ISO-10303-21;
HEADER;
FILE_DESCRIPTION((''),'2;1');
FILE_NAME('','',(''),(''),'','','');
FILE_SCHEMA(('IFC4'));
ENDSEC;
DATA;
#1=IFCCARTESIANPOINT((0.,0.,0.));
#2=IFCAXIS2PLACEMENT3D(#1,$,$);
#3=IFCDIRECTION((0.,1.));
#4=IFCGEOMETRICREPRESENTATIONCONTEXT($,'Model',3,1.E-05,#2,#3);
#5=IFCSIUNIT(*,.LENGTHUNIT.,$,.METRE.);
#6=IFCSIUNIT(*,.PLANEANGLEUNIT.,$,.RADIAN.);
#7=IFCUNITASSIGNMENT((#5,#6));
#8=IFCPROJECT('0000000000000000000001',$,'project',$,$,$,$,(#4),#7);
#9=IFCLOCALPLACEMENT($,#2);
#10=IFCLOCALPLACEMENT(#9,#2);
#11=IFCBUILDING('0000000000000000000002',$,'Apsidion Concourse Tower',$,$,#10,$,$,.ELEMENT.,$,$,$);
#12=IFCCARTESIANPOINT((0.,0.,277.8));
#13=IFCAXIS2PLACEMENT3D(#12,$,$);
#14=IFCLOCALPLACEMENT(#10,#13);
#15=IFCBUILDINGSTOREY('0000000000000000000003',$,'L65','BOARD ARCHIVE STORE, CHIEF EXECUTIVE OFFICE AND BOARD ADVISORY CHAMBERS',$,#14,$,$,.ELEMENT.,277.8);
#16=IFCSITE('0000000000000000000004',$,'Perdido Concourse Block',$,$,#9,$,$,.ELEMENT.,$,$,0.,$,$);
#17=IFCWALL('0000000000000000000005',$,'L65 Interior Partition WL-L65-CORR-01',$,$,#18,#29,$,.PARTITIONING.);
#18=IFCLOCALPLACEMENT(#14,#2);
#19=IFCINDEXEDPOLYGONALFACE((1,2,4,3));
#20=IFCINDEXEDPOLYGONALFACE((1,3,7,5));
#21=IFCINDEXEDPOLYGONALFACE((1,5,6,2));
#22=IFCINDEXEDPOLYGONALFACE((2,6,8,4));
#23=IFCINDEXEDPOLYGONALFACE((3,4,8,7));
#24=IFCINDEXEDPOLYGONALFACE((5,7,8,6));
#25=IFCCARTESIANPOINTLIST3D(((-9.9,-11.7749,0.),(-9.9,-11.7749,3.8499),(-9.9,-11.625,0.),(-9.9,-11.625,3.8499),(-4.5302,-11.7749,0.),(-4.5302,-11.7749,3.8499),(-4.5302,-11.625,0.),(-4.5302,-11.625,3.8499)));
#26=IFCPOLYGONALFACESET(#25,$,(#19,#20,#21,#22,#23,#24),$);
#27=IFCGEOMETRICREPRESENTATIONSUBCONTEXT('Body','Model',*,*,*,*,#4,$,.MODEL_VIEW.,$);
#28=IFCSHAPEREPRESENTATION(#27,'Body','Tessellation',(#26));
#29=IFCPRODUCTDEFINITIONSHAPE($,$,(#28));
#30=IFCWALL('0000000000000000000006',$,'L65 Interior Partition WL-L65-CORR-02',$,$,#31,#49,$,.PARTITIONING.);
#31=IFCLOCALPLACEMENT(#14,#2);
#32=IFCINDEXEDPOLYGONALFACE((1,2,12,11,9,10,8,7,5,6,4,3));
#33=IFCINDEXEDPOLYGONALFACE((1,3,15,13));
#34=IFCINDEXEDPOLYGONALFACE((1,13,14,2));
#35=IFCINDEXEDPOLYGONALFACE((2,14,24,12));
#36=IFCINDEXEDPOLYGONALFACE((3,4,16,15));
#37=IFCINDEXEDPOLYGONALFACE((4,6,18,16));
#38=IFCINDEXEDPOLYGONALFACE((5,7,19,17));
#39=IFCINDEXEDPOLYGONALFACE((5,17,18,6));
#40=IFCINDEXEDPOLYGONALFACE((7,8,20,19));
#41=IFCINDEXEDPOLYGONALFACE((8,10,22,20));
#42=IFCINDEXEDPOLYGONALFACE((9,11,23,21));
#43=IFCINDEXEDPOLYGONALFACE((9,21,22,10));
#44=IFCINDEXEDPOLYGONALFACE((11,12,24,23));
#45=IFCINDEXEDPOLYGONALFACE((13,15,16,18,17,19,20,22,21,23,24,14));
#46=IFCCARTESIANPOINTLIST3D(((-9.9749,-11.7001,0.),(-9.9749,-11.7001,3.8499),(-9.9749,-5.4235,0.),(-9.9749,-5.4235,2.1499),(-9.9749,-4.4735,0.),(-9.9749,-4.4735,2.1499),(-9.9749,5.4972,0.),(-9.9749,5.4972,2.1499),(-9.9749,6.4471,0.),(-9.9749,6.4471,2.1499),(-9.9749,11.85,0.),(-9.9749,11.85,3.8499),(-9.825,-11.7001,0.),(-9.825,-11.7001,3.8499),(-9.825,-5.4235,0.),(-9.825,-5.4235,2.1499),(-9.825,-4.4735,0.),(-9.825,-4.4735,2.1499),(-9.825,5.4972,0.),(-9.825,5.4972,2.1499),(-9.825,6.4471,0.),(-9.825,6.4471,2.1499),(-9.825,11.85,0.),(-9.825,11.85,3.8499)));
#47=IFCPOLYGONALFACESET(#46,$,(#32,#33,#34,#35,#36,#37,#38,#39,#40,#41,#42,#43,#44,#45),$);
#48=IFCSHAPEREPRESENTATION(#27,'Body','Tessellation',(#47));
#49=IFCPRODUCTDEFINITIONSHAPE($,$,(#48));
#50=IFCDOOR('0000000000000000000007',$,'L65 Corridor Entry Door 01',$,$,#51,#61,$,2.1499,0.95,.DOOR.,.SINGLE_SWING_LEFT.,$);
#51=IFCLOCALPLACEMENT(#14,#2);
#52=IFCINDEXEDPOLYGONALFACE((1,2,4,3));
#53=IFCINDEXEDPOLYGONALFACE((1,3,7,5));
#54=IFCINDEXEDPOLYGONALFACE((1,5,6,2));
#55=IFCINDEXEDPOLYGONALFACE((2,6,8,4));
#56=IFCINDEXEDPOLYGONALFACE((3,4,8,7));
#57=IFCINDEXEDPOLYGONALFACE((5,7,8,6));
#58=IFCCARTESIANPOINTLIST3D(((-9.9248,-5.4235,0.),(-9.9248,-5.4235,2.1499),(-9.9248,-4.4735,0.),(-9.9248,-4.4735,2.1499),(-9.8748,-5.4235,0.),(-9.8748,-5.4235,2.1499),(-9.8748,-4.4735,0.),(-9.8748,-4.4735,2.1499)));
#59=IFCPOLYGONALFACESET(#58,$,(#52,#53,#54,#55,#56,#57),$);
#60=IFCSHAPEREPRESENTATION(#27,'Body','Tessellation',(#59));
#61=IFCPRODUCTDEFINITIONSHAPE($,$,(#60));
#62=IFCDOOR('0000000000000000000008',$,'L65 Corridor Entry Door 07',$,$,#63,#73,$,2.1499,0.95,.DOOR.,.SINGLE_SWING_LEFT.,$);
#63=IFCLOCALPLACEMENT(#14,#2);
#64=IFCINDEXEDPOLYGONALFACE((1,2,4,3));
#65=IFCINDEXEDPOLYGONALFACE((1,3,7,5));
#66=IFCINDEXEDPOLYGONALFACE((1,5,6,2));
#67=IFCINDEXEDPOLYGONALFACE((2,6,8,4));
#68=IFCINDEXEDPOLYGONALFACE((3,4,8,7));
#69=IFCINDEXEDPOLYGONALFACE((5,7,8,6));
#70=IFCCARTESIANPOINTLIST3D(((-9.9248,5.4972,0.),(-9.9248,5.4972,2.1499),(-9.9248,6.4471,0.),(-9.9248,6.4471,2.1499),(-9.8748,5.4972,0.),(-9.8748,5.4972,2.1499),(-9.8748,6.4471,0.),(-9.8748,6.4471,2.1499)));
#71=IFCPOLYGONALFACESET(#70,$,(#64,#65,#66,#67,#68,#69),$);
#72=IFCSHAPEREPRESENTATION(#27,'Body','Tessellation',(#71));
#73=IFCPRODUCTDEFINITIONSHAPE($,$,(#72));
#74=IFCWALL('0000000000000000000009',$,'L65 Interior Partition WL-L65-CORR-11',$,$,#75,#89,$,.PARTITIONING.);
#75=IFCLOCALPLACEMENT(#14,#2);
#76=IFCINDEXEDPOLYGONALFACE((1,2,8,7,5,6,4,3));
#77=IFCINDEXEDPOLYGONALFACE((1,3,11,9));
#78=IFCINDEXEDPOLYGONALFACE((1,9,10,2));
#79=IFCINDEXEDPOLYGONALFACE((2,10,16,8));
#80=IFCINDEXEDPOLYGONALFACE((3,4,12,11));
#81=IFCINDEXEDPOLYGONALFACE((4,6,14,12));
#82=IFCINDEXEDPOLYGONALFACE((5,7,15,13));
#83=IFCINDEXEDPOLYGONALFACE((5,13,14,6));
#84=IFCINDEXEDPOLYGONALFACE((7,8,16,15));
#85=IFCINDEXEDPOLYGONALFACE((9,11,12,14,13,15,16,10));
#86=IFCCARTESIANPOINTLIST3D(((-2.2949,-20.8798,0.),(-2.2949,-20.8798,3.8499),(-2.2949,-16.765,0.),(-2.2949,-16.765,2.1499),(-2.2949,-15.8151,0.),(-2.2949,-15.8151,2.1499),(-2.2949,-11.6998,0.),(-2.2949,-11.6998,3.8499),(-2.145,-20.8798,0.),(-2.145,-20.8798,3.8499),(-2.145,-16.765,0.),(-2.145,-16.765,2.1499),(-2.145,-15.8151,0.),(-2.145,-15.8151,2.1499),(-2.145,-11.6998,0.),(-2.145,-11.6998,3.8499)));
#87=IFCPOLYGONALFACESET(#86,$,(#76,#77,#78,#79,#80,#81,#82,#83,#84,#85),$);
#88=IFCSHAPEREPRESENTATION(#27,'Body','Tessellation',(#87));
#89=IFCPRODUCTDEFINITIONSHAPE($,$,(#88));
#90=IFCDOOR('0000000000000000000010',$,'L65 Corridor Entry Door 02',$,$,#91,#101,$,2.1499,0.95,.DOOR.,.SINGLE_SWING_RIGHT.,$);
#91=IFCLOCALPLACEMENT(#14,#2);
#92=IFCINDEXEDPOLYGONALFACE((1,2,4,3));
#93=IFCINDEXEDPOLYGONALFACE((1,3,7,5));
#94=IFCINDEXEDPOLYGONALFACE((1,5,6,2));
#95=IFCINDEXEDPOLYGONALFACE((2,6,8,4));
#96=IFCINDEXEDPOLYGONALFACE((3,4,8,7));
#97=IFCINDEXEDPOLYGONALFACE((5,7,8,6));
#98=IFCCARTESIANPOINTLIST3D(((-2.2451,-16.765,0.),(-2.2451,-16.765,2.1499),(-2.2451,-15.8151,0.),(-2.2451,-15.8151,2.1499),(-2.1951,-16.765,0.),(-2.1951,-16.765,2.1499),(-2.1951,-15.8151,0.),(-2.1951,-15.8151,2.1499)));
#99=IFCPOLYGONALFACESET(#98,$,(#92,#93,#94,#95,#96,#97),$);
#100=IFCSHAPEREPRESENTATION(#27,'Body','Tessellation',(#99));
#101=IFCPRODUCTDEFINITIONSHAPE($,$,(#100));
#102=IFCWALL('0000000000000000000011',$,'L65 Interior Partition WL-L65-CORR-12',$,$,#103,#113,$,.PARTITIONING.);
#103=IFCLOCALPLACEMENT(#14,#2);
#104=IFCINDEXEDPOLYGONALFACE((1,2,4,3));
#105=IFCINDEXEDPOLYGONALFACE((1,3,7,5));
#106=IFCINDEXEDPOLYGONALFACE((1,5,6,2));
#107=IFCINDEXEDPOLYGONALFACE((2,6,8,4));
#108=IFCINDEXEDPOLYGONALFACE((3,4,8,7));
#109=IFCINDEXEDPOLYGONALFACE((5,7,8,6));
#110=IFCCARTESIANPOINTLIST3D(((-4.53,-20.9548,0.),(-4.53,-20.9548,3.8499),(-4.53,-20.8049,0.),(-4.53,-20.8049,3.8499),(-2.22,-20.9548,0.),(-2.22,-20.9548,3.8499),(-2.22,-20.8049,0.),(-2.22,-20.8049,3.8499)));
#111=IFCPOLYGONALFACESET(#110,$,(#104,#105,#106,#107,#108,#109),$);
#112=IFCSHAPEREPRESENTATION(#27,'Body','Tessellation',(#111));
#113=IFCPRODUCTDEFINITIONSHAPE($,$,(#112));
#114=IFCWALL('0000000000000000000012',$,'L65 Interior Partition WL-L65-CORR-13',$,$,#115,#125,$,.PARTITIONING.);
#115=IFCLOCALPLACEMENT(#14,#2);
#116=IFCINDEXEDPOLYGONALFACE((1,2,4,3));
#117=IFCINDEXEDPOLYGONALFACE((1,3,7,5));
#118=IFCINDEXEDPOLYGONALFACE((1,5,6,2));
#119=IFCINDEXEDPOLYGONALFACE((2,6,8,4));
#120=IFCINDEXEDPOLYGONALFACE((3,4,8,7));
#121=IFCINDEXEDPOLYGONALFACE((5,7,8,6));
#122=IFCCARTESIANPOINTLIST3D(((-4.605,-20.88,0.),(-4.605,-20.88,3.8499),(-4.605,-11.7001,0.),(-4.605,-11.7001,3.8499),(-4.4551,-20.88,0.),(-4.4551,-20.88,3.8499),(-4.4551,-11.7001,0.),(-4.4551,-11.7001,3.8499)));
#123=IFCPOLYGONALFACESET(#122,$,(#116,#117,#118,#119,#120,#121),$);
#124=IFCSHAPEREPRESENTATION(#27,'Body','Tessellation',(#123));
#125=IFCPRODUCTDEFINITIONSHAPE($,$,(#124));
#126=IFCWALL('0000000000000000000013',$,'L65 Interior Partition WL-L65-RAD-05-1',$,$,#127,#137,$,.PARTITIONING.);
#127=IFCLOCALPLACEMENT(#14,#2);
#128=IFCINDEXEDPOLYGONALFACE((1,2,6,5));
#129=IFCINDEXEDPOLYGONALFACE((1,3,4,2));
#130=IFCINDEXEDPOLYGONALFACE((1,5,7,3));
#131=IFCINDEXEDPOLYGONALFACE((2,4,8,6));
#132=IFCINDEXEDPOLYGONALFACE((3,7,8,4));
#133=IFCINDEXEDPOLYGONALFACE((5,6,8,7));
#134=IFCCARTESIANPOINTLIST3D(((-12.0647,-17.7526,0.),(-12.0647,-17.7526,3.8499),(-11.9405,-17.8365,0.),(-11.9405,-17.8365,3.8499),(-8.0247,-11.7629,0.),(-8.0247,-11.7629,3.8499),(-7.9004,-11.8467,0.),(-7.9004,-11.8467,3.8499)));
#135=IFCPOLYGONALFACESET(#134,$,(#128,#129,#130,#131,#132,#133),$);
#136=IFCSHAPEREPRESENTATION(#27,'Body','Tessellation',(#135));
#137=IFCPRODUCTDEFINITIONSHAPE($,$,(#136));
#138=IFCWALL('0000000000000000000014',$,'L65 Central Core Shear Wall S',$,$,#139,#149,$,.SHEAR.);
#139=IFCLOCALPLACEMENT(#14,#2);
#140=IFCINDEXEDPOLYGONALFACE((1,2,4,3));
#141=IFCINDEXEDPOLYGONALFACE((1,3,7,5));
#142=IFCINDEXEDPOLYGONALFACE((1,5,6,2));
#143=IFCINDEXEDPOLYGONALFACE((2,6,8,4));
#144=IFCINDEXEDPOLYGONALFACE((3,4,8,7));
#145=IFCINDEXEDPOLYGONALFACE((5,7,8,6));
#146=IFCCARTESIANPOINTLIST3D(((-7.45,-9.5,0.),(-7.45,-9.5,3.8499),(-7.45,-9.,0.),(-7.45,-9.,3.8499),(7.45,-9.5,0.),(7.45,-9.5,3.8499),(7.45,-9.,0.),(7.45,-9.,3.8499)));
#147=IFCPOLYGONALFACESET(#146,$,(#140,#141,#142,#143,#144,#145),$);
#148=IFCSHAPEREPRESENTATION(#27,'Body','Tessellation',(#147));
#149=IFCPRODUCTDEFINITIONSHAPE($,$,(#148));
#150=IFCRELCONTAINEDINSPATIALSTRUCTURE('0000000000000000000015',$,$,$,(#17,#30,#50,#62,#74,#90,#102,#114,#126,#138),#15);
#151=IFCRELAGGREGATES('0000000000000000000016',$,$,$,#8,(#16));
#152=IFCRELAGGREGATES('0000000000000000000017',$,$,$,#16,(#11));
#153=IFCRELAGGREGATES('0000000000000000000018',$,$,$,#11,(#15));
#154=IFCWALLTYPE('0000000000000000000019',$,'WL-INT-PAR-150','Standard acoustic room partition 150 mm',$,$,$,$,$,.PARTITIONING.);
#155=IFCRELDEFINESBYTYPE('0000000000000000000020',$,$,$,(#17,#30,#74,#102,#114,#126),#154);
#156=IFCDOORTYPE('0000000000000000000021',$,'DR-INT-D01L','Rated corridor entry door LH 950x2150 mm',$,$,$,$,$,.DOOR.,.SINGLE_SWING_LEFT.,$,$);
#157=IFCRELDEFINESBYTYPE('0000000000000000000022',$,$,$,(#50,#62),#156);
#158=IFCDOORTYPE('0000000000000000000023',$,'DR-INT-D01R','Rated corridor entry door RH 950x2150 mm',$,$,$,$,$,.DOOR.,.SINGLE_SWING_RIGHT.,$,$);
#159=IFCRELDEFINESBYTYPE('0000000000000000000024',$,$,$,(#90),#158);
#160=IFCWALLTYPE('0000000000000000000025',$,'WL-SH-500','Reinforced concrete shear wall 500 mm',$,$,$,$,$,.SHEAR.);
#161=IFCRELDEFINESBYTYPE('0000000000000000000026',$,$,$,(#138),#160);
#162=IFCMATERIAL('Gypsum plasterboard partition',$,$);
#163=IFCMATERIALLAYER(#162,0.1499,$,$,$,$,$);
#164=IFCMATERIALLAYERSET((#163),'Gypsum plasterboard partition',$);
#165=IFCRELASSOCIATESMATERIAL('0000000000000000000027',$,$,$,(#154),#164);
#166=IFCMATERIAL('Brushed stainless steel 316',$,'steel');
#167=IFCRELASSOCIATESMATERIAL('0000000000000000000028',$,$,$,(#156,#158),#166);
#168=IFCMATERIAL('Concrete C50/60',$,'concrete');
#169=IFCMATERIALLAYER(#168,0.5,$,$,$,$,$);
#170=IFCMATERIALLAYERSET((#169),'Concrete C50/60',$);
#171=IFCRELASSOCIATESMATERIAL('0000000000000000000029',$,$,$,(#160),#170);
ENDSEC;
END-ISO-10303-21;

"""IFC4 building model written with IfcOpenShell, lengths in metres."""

from ifc_helpers import new_model, si_unit, direction, frame, frame_2d, origin, place, context, subcontext, project, spatial, rectangle, extrude, material, layer, layer_set, type_object, element, fill, save


model = new_model("IFC4")

# Units and contexts
model_context = context("Model", 3, precision=1e-05, world=origin(), true_north=direction((0.0, 1.0)))
body_context = subcontext(model_context, "Body", "Model", "MODEL_VIEW")
ifc_project = project(units=[si_unit("LENGTHUNIT", "METRE"), si_unit("PLANEANGLEUNIT", "RADIAN")], contexts=[model_context])

# Site, building, storey
site_placement = place(None, origin())
site = spatial("IfcSite", under=ifc_project, at=site_placement, Name="Perdido Concourse Block", CompositionType="ELEMENT", RefElevation=0.0)
building_placement = place(site_placement, origin())
building = spatial("IfcBuilding", under=site, at=building_placement, Name="Apsidion Concourse Tower", CompositionType="ELEMENT")
storey_placement = place(building_placement, frame((0.0, 0.0, 277.8)))
storey = spatial("IfcBuildingStorey", under=building, at=storey_placement, Name="L65", Description="BOARD ARCHIVE STORE, CHIEF EXECUTIVE OFFICE AND BOARD ADVISORY CHAMBERS", CompositionType="ELEMENT", Elevation=277.8)

# Wall
ifc_material_1 = material(Name="Gypsum plasterboard partition")
ifc_layer_1 = layer(ifc_material_1, 0.1499)
ifc_layer_set_1 = layer_set([ifc_layer_1], Name="Gypsum plasterboard partition")
wall_type_1 = type_object("IfcWallType", Name="WL-INT-PAR-150", Description="Standard acoustic room partition 150 mm", PredefinedType="PARTITIONING", material=ifc_layer_set_1)
wall_1_placement = place(storey_placement, frame((-4.53, -11.7, 0.0), z_axis=(0.0, 0.0, 1.0), x_axis=(-1.0, 0.0, 0.0)))
element("IfcWall", 1, at=wall_1_placement, inside=storey, type_object=wall_type_1, Name="L65 Interior Partition WL-L65-CORR-01", PredefinedType="PARTITIONING", context=body_context, shape_type="SweptSolid", body=[
    extrude(rectangle(XDim=5.3699, YDim=0.1499, at=frame_2d((2.6851, 0.0))), origin(), (0.0, 0.0, 1.0), 3.8499),
])

# Wall, openings, doors
wall_2_placement = place(storey_placement, frame((-9.8999, -11.7, 0.0), z_axis=(0.0, 0.0, 1.0), x_axis=(0.0, 1.0, 0.0)))
wall_2 = element("IfcWall", 2, at=wall_2_placement, inside=storey, type_object=wall_type_1, Name="L65 Interior Partition WL-L65-CORR-02", PredefinedType="PARTITIONING", context=body_context, shape_type="SweptSolid", body=[
    extrude(rectangle(XDim=23.55, YDim=0.1499, at=frame_2d((11.7749, 0.0))), origin(), (0.0, 0.0, 1.0), 3.8499),
])
opening_1_placement = place(wall_2_placement, frame((6.2764, 0.0, 0.0)))
opening_1 = element("IfcOpeningElement", 3, at=opening_1_placement, cuts=wall_2, PredefinedType="OPENING", context=body_context, shape_type="SweptSolid", body=[
    extrude(rectangle(XDim=0.95, YDim=2.1499, at=frame_2d((0.4751, 1.075))), frame((0.0, 0.085, 0.0), z_axis=(0.0, -1.0, 0.0), x_axis=(1.0, 0.0, 0.0)), (0.0, 0.0, 1.0), 0.1699),
])
opening_2_placement = place(wall_2_placement, frame((17.197, 0.0, 0.0)))
opening_2 = element("IfcOpeningElement", 4, at=opening_2_placement, cuts=wall_2, PredefinedType="OPENING", context=body_context, shape_type="SweptSolid", body=[
    extrude(rectangle(XDim=0.95, YDim=2.1499, at=frame_2d((0.4751, 1.075))), frame((0.0, 0.085, 0.0), z_axis=(0.0, -1.0, 0.0), x_axis=(1.0, 0.0, 0.0)), (0.0, 0.0, 1.0), 0.1699),
])
ifc_material_2 = material(Name="Brushed stainless steel 316", Category="steel")
door_type_1 = type_object("IfcDoorType", Name="DR-INT-D01L", Description="Rated corridor entry door LH 950x2150 mm", OperationType="SINGLE_SWING_LEFT", PredefinedType="DOOR", material=ifc_material_2)
door_1_placement = place(opening_1_placement, origin())
door_1 = element("IfcDoor", 5, at=door_1_placement, inside=storey, type_object=door_type_1, Name="L65 Corridor Entry Door 01", OperationType="SINGLE_SWING_LEFT", OverallHeight=2.1499, OverallWidth=0.95, PredefinedType="DOOR", context=body_context, shape_type="SweptSolid", body=[
    extrude(rectangle(XDim=0.95, YDim=2.1499, at=frame_2d((0.4751, 1.075))), frame((0.0, 0.0249, 0.0), z_axis=(0.0, -1.0, 0.0), x_axis=(1.0, 0.0, 0.0)), (0.0, 0.0, 1.0), 0.05),
])
fill(opening_1, door_1)
door_2_placement = place(opening_2_placement, origin())
door_2 = element("IfcDoor", 6, at=door_2_placement, inside=storey, type_object=door_type_1, Name="L65 Corridor Entry Door 07", OperationType="SINGLE_SWING_LEFT", OverallHeight=2.1499, OverallWidth=0.95, PredefinedType="DOOR", context=body_context, shape_type="SweptSolid", body=[
    extrude(rectangle(XDim=0.95, YDim=2.1499, at=frame_2d((0.4751, 1.075))), frame((0.0, 0.0249, 0.0), z_axis=(0.0, -1.0, 0.0), x_axis=(1.0, 0.0, 0.0)), (0.0, 0.0, 1.0), 0.05),
])
fill(opening_2, door_2)

# Wall, opening, door
wall_3_placement = place(storey_placement, frame((-2.22, -11.7, 0.0), z_axis=(0.0, 0.0, 1.0), x_axis=(0.0, -1.0, 0.0)))
wall_3 = element("IfcWall", 7, at=wall_3_placement, inside=storey, type_object=wall_type_1, Name="L65 Interior Partition WL-L65-CORR-11", PredefinedType="PARTITIONING", context=body_context, shape_type="SweptSolid", body=[
    extrude(rectangle(XDim=9.1799, YDim=0.1499, at=frame_2d((4.5898, 0.0))), origin(), (0.0, 0.0, 1.0), 3.8499),
])
opening_3_placement = place(wall_3_placement, frame((4.115, 0.0, 0.0)))
opening_3 = element("IfcOpeningElement", 8, at=opening_3_placement, cuts=wall_3, PredefinedType="OPENING", context=body_context, shape_type="SweptSolid", body=[
    extrude(rectangle(XDim=0.95, YDim=2.1499, at=frame_2d((0.4751, 1.075))), frame((0.0, 0.085, 0.0), z_axis=(0.0, -1.0, 0.0), x_axis=(1.0, 0.0, 0.0)), (0.0, 0.0, 1.0), 0.1699),
])
door_type_2 = type_object("IfcDoorType", Name="DR-INT-D01R", Description="Rated corridor entry door RH 950x2150 mm", OperationType="SINGLE_SWING_RIGHT", PredefinedType="DOOR", material=ifc_material_2)
door_3_placement = place(opening_3_placement, origin())
door_3 = element("IfcDoor", 9, at=door_3_placement, inside=storey, type_object=door_type_2, Name="L65 Corridor Entry Door 02", OperationType="SINGLE_SWING_RIGHT", OverallHeight=2.1499, OverallWidth=0.95, PredefinedType="DOOR", context=body_context, shape_type="SweptSolid", body=[
    extrude(rectangle(XDim=0.95, YDim=2.1499, at=frame_2d((0.4751, 1.075))), frame((0.0, 0.0249, 0.0), z_axis=(0.0, -1.0, 0.0), x_axis=(1.0, 0.0, 0.0)), (0.0, 0.0, 1.0), 0.05),
])
fill(opening_3, door_3)

# Walls
wall_4_placement = place(storey_placement, frame((-2.22, -20.8799, 0.0), z_axis=(0.0, 0.0, 1.0), x_axis=(-1.0, 0.0, 0.0)))
element("IfcWall", 10, at=wall_4_placement, inside=storey, type_object=wall_type_1, Name="L65 Interior Partition WL-L65-CORR-12", PredefinedType="PARTITIONING", context=body_context, shape_type="SweptSolid", body=[
    extrude(rectangle(XDim=2.3101, YDim=0.1499, at=frame_2d((1.155, 0.0))), origin(), (0.0, 0.0, 1.0), 3.8499),
])
wall_5_placement = place(storey_placement, frame((-4.53, -20.8799, 0.0), z_axis=(0.0, 0.0, 1.0), x_axis=(0.0, 1.0, 0.0)))
element("IfcWall", 11, at=wall_5_placement, inside=storey, type_object=wall_type_1, Name="L65 Interior Partition WL-L65-CORR-13", PredefinedType="PARTITIONING", context=body_context, shape_type="SweptSolid", body=[
    extrude(rectangle(XDim=9.1799, YDim=0.1499, at=frame_2d((4.5898, 0.0))), origin(), (0.0, 0.0, 1.0), 3.8499),
])
wall_6_placement = place(storey_placement, frame((-7.9626, -11.8049, 0.0), z_axis=(0.0, 0.0, 1.0), x_axis=(-0.559184, -0.829044, 0.0)))
element("IfcWall", 12, at=wall_6_placement, inside=storey, type_object=wall_type_1, Name="L65 Interior Partition WL-L65-RAD-05-1", PredefinedType="PARTITIONING", context=body_context, shape_type="SweptSolid", body=[
    extrude(rectangle(XDim=7.2249, YDim=0.1499, at=frame_2d((3.6123, 0.0))), origin(), (0.0, 0.0, 1.0), 3.8499),
])
ifc_material_3 = material(Name="Concrete C50/60", Category="concrete")
ifc_layer_2 = layer(ifc_material_3, 0.5)
ifc_layer_set_2 = layer_set([ifc_layer_2], Name="Concrete C50/60")
wall_type_2 = type_object("IfcWallType", Name="WL-SH-500", Description="Reinforced concrete shear wall 500 mm", PredefinedType="SHEAR", material=ifc_layer_set_2)
wall_7_placement = place(storey_placement, frame((-7.45, -9.25, 0.0), z_axis=(0.0, 0.0, 1.0), x_axis=(1.0, 0.0, 0.0)))
element("IfcWall", 13, at=wall_7_placement, inside=storey, type_object=wall_type_2, Name="L65 Central Core Shear Wall S", PredefinedType="SHEAR", context=body_context, shape_type="SweptSolid", body=[
    extrude(rectangle(XDim=14.8999, YDim=0.5, at=frame_2d((7.45, 0.0))), origin(), (0.0, 0.0, 1.0), 3.8499),
])

save(model, "model.ifc")
